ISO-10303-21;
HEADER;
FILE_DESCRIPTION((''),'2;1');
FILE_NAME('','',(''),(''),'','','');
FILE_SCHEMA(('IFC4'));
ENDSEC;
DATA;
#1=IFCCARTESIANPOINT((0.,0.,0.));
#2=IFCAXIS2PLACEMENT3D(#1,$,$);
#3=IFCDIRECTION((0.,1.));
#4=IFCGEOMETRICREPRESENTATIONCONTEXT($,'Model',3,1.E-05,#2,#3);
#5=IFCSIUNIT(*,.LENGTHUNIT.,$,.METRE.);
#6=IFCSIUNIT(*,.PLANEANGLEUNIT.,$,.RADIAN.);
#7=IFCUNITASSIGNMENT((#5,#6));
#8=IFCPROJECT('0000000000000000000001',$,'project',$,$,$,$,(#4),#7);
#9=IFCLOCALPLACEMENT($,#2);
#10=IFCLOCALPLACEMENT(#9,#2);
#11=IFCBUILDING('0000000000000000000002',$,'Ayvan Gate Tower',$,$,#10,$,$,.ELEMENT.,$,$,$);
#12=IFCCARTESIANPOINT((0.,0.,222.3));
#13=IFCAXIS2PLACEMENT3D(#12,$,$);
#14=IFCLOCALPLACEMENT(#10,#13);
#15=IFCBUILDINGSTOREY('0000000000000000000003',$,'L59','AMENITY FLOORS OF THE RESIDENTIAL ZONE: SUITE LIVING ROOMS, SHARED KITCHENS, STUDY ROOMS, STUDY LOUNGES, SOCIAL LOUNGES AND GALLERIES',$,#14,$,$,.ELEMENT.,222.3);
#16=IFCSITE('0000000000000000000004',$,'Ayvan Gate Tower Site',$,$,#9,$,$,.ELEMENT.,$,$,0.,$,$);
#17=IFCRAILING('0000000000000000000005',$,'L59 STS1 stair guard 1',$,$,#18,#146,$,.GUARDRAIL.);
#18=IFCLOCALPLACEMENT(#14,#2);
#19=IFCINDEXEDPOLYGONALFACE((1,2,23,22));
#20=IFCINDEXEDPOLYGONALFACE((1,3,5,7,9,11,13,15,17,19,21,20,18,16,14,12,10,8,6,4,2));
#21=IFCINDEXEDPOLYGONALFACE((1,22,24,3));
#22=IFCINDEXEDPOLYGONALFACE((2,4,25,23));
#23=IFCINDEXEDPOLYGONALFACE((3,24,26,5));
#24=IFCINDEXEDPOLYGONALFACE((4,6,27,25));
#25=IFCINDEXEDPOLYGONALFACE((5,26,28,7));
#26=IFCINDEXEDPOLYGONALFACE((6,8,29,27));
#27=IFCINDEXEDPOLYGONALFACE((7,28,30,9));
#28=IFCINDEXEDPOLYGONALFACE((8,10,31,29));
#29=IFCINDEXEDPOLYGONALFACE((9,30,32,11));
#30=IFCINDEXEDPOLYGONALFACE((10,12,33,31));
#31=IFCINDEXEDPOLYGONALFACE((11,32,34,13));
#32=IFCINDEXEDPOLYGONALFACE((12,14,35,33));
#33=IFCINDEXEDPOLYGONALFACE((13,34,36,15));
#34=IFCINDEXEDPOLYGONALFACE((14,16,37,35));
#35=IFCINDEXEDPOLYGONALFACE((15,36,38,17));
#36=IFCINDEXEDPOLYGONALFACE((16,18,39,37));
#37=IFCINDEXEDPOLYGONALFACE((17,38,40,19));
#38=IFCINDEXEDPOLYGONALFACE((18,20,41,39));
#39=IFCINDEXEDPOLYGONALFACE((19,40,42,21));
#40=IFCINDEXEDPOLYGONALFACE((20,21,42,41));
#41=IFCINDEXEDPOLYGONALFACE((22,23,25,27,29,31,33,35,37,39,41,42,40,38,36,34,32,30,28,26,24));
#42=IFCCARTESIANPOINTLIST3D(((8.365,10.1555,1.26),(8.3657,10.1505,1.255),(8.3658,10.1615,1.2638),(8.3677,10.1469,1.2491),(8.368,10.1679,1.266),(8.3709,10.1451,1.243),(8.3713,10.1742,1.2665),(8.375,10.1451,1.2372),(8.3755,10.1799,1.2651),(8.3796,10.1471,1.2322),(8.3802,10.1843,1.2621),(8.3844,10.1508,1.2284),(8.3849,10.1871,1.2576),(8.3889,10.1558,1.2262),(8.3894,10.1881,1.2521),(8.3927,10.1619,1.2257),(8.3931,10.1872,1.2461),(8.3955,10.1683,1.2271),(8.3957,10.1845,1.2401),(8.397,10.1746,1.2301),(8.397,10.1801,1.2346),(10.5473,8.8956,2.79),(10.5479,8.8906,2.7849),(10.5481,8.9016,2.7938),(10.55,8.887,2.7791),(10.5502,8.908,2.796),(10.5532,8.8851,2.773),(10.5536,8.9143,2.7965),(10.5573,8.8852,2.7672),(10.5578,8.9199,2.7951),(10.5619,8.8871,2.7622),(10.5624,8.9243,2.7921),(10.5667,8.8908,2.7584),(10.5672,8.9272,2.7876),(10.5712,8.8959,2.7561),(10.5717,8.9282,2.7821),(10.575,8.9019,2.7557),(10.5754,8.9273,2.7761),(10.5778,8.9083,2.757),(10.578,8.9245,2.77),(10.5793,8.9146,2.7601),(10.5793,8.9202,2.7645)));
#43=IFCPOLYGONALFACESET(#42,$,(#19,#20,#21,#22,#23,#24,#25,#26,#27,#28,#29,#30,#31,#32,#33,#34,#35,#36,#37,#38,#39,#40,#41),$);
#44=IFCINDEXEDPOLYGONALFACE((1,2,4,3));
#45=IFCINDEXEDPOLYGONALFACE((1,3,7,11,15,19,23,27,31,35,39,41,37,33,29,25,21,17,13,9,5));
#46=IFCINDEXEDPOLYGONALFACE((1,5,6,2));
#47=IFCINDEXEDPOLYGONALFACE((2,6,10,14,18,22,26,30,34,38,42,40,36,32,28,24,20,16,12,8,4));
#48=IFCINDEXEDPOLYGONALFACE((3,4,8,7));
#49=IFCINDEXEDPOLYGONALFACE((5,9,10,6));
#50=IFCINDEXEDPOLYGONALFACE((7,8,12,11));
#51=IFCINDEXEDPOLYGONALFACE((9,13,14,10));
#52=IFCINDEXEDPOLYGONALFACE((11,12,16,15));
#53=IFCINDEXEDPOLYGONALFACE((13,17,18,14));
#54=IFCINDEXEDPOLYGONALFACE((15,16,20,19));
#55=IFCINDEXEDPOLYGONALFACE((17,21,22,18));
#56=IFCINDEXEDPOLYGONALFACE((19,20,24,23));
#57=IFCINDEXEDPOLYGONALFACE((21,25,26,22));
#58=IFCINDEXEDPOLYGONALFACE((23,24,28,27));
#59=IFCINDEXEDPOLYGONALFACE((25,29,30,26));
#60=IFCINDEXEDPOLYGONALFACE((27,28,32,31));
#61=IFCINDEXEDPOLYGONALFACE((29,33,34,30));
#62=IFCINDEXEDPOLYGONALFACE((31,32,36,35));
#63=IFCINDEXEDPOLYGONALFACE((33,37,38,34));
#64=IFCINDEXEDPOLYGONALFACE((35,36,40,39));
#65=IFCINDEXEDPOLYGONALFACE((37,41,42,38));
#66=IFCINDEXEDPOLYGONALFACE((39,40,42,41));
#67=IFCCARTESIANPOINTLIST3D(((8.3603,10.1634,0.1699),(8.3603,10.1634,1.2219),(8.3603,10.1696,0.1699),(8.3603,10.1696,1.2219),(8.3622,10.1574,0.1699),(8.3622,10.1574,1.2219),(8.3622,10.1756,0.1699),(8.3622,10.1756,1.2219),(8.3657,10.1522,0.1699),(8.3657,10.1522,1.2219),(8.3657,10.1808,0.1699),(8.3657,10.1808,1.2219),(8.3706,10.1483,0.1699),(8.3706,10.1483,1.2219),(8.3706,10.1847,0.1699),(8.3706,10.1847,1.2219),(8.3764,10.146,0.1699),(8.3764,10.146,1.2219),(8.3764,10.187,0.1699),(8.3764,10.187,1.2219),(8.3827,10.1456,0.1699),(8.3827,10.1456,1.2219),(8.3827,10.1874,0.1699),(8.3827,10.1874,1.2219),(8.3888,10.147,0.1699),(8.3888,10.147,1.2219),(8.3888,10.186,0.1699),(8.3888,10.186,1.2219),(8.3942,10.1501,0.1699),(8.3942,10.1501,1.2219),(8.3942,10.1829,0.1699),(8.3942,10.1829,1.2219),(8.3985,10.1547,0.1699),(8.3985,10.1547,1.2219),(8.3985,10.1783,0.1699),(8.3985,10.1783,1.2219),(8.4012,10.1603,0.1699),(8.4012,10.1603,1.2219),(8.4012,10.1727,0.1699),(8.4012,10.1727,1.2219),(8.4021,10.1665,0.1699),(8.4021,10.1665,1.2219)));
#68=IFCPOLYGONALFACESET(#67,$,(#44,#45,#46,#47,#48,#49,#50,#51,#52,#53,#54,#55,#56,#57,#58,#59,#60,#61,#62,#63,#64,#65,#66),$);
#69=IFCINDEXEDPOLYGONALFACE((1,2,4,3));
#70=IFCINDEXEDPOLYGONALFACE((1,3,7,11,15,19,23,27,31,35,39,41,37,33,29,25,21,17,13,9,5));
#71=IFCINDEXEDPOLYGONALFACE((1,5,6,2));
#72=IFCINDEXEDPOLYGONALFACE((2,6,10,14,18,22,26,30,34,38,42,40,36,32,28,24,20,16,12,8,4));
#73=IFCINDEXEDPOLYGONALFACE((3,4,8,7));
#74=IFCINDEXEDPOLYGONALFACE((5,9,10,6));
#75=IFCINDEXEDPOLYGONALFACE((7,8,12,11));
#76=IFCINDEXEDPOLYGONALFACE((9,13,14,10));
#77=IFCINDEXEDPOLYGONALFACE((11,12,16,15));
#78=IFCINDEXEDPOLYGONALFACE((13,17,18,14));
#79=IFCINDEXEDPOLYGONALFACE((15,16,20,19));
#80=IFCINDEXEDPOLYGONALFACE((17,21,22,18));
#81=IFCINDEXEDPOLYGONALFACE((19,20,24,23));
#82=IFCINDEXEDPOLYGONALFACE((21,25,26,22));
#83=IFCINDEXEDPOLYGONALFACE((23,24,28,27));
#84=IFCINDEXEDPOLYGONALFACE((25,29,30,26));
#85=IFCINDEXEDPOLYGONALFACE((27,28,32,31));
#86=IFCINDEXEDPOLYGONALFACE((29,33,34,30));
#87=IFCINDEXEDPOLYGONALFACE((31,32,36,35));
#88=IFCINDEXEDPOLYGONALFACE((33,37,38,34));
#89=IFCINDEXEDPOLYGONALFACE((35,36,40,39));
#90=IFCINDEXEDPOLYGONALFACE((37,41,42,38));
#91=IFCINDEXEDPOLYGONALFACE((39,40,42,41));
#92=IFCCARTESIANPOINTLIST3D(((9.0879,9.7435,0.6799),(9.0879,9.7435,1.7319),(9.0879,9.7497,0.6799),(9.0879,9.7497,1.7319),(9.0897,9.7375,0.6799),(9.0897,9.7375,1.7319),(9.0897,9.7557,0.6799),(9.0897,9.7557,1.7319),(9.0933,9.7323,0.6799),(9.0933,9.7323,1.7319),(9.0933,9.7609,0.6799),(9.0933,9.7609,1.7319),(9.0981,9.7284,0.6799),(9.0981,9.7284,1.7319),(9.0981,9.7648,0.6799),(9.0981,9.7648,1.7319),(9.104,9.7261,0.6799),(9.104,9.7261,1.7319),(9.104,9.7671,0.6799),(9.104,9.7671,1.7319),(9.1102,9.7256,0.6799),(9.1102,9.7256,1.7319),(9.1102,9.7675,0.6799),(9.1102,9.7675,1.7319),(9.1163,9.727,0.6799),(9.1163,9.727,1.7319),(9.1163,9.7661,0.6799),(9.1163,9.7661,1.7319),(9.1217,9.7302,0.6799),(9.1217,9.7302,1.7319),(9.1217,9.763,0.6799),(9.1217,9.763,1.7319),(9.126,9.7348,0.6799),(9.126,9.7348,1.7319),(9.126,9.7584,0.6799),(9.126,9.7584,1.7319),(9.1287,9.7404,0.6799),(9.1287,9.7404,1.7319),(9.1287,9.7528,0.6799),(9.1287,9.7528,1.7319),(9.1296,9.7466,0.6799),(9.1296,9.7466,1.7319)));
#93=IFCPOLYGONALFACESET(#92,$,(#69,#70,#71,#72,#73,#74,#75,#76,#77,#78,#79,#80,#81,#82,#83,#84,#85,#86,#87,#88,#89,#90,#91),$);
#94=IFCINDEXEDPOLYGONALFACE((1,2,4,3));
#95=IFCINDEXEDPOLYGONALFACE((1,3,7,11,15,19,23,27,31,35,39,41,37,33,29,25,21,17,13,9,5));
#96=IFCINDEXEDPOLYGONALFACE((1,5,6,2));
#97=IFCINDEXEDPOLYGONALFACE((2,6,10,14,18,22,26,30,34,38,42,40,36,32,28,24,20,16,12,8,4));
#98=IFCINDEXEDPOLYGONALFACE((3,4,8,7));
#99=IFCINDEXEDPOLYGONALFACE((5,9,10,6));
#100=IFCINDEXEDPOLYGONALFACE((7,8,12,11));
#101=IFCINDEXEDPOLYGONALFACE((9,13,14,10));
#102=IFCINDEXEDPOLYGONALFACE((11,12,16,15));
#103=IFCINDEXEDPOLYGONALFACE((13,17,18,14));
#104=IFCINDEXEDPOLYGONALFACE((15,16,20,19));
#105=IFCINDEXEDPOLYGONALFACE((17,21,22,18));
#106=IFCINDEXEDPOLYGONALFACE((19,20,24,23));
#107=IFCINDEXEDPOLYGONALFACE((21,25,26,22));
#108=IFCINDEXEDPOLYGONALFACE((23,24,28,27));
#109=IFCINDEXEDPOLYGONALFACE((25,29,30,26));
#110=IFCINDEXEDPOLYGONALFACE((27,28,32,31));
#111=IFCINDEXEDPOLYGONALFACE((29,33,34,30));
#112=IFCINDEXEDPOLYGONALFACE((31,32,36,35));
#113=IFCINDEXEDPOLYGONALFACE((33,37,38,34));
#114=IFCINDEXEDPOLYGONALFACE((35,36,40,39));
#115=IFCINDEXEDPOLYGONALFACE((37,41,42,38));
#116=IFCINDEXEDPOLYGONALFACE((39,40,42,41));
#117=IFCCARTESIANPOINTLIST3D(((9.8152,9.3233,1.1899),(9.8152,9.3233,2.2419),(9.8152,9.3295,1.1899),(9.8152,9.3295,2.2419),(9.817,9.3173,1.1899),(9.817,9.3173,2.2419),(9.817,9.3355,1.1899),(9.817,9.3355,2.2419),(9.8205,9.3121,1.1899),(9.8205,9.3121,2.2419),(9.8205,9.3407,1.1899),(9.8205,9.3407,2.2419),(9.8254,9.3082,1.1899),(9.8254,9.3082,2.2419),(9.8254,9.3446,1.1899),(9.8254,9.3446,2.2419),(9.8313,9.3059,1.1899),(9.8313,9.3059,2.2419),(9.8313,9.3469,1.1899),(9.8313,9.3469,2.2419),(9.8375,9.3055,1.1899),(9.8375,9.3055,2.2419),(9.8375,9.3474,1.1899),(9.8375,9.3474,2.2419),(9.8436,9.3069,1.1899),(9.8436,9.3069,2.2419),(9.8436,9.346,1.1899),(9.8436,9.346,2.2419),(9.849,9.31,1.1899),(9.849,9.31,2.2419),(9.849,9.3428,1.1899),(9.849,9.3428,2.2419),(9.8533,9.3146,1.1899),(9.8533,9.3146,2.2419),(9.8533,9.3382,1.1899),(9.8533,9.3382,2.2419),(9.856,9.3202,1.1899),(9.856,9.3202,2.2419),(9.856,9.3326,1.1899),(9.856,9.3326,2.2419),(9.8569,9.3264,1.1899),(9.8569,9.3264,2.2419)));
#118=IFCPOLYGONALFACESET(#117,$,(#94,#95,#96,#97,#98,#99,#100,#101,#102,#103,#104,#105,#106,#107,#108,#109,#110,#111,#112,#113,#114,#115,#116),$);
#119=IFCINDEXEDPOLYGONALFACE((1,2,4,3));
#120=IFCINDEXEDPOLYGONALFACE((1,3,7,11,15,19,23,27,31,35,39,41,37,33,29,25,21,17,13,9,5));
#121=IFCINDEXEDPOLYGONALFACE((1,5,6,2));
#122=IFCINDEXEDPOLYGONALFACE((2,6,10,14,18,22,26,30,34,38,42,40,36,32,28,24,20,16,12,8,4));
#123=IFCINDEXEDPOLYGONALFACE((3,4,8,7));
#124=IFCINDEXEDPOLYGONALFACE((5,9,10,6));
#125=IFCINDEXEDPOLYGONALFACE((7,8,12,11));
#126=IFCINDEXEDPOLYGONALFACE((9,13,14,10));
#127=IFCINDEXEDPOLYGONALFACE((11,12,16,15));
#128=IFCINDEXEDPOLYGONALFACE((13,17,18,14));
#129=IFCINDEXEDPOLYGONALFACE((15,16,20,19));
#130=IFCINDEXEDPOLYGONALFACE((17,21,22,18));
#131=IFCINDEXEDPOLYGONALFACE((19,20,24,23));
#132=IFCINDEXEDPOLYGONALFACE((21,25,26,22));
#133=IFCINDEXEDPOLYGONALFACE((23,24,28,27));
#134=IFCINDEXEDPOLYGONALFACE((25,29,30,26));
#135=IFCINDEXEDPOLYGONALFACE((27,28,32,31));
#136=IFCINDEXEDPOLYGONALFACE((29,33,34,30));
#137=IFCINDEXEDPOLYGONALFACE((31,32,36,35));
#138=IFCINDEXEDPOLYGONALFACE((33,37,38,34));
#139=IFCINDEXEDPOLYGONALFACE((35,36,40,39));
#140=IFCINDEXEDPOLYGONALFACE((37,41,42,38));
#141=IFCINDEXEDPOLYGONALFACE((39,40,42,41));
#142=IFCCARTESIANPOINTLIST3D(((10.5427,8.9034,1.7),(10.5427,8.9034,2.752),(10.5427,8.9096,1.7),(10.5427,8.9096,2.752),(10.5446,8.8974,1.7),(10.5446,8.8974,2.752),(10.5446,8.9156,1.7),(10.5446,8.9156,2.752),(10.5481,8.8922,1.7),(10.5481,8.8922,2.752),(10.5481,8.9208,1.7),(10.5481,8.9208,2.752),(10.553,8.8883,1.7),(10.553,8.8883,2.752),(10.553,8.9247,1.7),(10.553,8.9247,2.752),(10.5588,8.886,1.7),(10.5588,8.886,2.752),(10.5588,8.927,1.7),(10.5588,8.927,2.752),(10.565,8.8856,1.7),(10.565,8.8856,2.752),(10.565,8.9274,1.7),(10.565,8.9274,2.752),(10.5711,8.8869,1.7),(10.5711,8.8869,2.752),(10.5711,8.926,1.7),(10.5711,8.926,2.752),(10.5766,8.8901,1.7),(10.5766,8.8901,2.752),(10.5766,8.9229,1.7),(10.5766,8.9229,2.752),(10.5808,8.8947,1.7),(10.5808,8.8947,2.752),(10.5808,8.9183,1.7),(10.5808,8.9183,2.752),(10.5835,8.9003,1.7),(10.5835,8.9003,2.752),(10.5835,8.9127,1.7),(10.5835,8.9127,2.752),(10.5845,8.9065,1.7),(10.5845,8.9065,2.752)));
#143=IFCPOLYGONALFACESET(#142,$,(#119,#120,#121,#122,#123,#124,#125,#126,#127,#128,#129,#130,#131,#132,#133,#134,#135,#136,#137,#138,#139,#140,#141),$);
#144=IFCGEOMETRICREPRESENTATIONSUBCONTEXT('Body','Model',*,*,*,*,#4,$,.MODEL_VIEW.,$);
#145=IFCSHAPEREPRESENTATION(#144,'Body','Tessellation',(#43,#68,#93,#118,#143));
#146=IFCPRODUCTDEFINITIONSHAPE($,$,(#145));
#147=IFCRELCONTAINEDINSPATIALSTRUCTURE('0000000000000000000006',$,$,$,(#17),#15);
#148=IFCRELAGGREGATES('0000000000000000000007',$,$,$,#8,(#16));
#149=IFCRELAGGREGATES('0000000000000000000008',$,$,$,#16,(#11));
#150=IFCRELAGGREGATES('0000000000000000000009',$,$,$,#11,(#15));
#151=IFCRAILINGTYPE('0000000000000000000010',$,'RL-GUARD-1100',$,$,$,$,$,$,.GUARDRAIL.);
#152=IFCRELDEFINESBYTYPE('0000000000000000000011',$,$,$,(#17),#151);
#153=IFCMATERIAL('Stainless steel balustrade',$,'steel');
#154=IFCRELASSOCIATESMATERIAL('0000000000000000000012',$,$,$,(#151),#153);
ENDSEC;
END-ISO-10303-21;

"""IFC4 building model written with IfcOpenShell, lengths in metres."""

from ifc_helpers import new_model, si_unit, direction, frame, origin, origin_2d, place, context, subcontext, project, spatial, circle, extrude, material, type_object, element, save


model = new_model("IFC4")

# Units and contexts
model_context = context("Model", 3, precision=1e-05, world=origin(), true_north=direction((0.0, 1.0)))
body_context = subcontext(model_context, "Body", "Model", "MODEL_VIEW")
ifc_project = project(units=[si_unit("LENGTHUNIT", "METRE"), si_unit("PLANEANGLEUNIT", "RADIAN")], contexts=[model_context])

# Site, building, storey
site_placement = place(None, origin())
site = spatial("IfcSite", under=ifc_project, at=site_placement, Name="Ayvan Gate Tower Site", CompositionType="ELEMENT", RefElevation=0.0)
building_placement = place(site_placement, origin())
building = spatial("IfcBuilding", under=site, at=building_placement, Name="Ayvan Gate Tower", CompositionType="ELEMENT")
storey_placement = place(building_placement, frame((0.0, 0.0, 222.3)))
storey = spatial("IfcBuildingStorey", under=building, at=storey_placement, Name="L59", Description="AMENITY FLOORS OF THE RESIDENTIAL ZONE: SUITE LIVING ROOMS, SHARED KITCHENS, STUDY ROOMS, STUDY LOUNGES, SOCIAL LOUNGES AND GALLERIES", CompositionType="ELEMENT", Elevation=222.3)

# Railing
ifc_material_1 = material(Name="Stainless steel balustrade", Category="steel")
railing_type_1 = type_object("IfcRailingType", Name="RL-GUARD-1100", PredefinedType="GUARDRAIL", material=ifc_material_1)
railing_1_placement = place(storey_placement, frame((8.3811, 10.1665, 0.1699)))
element("IfcRailing", 1, at=railing_1_placement, inside=storey, type_object=railing_type_1, Name="L59 STS1 stair guard 1", PredefinedType="GUARDRAIL", context=body_context, shape_type="SweptSolid", body=[
    extrude(circle(Radius=0.0239, at=origin_2d()), frame((0.0, 0.0, 1.0762), z_axis=(0.740261, -0.427395, 0.518986), x_axis=(0.500005, 0.866023, 0.0)), (0.0, 0.0, 1.0), 2.948),
    extrude(circle(Radius=0.021, at=origin_2d()), origin(), (0.0, 0.0, 1.0), 1.052),
    extrude(circle(Radius=0.021, at=origin_2d()), frame((0.7275, -0.4199, 0.51)), (0.0, 0.0, 1.0), 1.052),
    extrude(circle(Radius=0.021, at=origin_2d()), frame((1.4548, -0.8401, 1.02)), (0.0, 0.0, 1.0), 1.052),
    extrude(circle(Radius=0.021, at=origin_2d()), frame((2.1824, -1.26, 1.53)), (0.0, 0.0, 1.0), 1.052),
])

save(model, "model.ifc")
